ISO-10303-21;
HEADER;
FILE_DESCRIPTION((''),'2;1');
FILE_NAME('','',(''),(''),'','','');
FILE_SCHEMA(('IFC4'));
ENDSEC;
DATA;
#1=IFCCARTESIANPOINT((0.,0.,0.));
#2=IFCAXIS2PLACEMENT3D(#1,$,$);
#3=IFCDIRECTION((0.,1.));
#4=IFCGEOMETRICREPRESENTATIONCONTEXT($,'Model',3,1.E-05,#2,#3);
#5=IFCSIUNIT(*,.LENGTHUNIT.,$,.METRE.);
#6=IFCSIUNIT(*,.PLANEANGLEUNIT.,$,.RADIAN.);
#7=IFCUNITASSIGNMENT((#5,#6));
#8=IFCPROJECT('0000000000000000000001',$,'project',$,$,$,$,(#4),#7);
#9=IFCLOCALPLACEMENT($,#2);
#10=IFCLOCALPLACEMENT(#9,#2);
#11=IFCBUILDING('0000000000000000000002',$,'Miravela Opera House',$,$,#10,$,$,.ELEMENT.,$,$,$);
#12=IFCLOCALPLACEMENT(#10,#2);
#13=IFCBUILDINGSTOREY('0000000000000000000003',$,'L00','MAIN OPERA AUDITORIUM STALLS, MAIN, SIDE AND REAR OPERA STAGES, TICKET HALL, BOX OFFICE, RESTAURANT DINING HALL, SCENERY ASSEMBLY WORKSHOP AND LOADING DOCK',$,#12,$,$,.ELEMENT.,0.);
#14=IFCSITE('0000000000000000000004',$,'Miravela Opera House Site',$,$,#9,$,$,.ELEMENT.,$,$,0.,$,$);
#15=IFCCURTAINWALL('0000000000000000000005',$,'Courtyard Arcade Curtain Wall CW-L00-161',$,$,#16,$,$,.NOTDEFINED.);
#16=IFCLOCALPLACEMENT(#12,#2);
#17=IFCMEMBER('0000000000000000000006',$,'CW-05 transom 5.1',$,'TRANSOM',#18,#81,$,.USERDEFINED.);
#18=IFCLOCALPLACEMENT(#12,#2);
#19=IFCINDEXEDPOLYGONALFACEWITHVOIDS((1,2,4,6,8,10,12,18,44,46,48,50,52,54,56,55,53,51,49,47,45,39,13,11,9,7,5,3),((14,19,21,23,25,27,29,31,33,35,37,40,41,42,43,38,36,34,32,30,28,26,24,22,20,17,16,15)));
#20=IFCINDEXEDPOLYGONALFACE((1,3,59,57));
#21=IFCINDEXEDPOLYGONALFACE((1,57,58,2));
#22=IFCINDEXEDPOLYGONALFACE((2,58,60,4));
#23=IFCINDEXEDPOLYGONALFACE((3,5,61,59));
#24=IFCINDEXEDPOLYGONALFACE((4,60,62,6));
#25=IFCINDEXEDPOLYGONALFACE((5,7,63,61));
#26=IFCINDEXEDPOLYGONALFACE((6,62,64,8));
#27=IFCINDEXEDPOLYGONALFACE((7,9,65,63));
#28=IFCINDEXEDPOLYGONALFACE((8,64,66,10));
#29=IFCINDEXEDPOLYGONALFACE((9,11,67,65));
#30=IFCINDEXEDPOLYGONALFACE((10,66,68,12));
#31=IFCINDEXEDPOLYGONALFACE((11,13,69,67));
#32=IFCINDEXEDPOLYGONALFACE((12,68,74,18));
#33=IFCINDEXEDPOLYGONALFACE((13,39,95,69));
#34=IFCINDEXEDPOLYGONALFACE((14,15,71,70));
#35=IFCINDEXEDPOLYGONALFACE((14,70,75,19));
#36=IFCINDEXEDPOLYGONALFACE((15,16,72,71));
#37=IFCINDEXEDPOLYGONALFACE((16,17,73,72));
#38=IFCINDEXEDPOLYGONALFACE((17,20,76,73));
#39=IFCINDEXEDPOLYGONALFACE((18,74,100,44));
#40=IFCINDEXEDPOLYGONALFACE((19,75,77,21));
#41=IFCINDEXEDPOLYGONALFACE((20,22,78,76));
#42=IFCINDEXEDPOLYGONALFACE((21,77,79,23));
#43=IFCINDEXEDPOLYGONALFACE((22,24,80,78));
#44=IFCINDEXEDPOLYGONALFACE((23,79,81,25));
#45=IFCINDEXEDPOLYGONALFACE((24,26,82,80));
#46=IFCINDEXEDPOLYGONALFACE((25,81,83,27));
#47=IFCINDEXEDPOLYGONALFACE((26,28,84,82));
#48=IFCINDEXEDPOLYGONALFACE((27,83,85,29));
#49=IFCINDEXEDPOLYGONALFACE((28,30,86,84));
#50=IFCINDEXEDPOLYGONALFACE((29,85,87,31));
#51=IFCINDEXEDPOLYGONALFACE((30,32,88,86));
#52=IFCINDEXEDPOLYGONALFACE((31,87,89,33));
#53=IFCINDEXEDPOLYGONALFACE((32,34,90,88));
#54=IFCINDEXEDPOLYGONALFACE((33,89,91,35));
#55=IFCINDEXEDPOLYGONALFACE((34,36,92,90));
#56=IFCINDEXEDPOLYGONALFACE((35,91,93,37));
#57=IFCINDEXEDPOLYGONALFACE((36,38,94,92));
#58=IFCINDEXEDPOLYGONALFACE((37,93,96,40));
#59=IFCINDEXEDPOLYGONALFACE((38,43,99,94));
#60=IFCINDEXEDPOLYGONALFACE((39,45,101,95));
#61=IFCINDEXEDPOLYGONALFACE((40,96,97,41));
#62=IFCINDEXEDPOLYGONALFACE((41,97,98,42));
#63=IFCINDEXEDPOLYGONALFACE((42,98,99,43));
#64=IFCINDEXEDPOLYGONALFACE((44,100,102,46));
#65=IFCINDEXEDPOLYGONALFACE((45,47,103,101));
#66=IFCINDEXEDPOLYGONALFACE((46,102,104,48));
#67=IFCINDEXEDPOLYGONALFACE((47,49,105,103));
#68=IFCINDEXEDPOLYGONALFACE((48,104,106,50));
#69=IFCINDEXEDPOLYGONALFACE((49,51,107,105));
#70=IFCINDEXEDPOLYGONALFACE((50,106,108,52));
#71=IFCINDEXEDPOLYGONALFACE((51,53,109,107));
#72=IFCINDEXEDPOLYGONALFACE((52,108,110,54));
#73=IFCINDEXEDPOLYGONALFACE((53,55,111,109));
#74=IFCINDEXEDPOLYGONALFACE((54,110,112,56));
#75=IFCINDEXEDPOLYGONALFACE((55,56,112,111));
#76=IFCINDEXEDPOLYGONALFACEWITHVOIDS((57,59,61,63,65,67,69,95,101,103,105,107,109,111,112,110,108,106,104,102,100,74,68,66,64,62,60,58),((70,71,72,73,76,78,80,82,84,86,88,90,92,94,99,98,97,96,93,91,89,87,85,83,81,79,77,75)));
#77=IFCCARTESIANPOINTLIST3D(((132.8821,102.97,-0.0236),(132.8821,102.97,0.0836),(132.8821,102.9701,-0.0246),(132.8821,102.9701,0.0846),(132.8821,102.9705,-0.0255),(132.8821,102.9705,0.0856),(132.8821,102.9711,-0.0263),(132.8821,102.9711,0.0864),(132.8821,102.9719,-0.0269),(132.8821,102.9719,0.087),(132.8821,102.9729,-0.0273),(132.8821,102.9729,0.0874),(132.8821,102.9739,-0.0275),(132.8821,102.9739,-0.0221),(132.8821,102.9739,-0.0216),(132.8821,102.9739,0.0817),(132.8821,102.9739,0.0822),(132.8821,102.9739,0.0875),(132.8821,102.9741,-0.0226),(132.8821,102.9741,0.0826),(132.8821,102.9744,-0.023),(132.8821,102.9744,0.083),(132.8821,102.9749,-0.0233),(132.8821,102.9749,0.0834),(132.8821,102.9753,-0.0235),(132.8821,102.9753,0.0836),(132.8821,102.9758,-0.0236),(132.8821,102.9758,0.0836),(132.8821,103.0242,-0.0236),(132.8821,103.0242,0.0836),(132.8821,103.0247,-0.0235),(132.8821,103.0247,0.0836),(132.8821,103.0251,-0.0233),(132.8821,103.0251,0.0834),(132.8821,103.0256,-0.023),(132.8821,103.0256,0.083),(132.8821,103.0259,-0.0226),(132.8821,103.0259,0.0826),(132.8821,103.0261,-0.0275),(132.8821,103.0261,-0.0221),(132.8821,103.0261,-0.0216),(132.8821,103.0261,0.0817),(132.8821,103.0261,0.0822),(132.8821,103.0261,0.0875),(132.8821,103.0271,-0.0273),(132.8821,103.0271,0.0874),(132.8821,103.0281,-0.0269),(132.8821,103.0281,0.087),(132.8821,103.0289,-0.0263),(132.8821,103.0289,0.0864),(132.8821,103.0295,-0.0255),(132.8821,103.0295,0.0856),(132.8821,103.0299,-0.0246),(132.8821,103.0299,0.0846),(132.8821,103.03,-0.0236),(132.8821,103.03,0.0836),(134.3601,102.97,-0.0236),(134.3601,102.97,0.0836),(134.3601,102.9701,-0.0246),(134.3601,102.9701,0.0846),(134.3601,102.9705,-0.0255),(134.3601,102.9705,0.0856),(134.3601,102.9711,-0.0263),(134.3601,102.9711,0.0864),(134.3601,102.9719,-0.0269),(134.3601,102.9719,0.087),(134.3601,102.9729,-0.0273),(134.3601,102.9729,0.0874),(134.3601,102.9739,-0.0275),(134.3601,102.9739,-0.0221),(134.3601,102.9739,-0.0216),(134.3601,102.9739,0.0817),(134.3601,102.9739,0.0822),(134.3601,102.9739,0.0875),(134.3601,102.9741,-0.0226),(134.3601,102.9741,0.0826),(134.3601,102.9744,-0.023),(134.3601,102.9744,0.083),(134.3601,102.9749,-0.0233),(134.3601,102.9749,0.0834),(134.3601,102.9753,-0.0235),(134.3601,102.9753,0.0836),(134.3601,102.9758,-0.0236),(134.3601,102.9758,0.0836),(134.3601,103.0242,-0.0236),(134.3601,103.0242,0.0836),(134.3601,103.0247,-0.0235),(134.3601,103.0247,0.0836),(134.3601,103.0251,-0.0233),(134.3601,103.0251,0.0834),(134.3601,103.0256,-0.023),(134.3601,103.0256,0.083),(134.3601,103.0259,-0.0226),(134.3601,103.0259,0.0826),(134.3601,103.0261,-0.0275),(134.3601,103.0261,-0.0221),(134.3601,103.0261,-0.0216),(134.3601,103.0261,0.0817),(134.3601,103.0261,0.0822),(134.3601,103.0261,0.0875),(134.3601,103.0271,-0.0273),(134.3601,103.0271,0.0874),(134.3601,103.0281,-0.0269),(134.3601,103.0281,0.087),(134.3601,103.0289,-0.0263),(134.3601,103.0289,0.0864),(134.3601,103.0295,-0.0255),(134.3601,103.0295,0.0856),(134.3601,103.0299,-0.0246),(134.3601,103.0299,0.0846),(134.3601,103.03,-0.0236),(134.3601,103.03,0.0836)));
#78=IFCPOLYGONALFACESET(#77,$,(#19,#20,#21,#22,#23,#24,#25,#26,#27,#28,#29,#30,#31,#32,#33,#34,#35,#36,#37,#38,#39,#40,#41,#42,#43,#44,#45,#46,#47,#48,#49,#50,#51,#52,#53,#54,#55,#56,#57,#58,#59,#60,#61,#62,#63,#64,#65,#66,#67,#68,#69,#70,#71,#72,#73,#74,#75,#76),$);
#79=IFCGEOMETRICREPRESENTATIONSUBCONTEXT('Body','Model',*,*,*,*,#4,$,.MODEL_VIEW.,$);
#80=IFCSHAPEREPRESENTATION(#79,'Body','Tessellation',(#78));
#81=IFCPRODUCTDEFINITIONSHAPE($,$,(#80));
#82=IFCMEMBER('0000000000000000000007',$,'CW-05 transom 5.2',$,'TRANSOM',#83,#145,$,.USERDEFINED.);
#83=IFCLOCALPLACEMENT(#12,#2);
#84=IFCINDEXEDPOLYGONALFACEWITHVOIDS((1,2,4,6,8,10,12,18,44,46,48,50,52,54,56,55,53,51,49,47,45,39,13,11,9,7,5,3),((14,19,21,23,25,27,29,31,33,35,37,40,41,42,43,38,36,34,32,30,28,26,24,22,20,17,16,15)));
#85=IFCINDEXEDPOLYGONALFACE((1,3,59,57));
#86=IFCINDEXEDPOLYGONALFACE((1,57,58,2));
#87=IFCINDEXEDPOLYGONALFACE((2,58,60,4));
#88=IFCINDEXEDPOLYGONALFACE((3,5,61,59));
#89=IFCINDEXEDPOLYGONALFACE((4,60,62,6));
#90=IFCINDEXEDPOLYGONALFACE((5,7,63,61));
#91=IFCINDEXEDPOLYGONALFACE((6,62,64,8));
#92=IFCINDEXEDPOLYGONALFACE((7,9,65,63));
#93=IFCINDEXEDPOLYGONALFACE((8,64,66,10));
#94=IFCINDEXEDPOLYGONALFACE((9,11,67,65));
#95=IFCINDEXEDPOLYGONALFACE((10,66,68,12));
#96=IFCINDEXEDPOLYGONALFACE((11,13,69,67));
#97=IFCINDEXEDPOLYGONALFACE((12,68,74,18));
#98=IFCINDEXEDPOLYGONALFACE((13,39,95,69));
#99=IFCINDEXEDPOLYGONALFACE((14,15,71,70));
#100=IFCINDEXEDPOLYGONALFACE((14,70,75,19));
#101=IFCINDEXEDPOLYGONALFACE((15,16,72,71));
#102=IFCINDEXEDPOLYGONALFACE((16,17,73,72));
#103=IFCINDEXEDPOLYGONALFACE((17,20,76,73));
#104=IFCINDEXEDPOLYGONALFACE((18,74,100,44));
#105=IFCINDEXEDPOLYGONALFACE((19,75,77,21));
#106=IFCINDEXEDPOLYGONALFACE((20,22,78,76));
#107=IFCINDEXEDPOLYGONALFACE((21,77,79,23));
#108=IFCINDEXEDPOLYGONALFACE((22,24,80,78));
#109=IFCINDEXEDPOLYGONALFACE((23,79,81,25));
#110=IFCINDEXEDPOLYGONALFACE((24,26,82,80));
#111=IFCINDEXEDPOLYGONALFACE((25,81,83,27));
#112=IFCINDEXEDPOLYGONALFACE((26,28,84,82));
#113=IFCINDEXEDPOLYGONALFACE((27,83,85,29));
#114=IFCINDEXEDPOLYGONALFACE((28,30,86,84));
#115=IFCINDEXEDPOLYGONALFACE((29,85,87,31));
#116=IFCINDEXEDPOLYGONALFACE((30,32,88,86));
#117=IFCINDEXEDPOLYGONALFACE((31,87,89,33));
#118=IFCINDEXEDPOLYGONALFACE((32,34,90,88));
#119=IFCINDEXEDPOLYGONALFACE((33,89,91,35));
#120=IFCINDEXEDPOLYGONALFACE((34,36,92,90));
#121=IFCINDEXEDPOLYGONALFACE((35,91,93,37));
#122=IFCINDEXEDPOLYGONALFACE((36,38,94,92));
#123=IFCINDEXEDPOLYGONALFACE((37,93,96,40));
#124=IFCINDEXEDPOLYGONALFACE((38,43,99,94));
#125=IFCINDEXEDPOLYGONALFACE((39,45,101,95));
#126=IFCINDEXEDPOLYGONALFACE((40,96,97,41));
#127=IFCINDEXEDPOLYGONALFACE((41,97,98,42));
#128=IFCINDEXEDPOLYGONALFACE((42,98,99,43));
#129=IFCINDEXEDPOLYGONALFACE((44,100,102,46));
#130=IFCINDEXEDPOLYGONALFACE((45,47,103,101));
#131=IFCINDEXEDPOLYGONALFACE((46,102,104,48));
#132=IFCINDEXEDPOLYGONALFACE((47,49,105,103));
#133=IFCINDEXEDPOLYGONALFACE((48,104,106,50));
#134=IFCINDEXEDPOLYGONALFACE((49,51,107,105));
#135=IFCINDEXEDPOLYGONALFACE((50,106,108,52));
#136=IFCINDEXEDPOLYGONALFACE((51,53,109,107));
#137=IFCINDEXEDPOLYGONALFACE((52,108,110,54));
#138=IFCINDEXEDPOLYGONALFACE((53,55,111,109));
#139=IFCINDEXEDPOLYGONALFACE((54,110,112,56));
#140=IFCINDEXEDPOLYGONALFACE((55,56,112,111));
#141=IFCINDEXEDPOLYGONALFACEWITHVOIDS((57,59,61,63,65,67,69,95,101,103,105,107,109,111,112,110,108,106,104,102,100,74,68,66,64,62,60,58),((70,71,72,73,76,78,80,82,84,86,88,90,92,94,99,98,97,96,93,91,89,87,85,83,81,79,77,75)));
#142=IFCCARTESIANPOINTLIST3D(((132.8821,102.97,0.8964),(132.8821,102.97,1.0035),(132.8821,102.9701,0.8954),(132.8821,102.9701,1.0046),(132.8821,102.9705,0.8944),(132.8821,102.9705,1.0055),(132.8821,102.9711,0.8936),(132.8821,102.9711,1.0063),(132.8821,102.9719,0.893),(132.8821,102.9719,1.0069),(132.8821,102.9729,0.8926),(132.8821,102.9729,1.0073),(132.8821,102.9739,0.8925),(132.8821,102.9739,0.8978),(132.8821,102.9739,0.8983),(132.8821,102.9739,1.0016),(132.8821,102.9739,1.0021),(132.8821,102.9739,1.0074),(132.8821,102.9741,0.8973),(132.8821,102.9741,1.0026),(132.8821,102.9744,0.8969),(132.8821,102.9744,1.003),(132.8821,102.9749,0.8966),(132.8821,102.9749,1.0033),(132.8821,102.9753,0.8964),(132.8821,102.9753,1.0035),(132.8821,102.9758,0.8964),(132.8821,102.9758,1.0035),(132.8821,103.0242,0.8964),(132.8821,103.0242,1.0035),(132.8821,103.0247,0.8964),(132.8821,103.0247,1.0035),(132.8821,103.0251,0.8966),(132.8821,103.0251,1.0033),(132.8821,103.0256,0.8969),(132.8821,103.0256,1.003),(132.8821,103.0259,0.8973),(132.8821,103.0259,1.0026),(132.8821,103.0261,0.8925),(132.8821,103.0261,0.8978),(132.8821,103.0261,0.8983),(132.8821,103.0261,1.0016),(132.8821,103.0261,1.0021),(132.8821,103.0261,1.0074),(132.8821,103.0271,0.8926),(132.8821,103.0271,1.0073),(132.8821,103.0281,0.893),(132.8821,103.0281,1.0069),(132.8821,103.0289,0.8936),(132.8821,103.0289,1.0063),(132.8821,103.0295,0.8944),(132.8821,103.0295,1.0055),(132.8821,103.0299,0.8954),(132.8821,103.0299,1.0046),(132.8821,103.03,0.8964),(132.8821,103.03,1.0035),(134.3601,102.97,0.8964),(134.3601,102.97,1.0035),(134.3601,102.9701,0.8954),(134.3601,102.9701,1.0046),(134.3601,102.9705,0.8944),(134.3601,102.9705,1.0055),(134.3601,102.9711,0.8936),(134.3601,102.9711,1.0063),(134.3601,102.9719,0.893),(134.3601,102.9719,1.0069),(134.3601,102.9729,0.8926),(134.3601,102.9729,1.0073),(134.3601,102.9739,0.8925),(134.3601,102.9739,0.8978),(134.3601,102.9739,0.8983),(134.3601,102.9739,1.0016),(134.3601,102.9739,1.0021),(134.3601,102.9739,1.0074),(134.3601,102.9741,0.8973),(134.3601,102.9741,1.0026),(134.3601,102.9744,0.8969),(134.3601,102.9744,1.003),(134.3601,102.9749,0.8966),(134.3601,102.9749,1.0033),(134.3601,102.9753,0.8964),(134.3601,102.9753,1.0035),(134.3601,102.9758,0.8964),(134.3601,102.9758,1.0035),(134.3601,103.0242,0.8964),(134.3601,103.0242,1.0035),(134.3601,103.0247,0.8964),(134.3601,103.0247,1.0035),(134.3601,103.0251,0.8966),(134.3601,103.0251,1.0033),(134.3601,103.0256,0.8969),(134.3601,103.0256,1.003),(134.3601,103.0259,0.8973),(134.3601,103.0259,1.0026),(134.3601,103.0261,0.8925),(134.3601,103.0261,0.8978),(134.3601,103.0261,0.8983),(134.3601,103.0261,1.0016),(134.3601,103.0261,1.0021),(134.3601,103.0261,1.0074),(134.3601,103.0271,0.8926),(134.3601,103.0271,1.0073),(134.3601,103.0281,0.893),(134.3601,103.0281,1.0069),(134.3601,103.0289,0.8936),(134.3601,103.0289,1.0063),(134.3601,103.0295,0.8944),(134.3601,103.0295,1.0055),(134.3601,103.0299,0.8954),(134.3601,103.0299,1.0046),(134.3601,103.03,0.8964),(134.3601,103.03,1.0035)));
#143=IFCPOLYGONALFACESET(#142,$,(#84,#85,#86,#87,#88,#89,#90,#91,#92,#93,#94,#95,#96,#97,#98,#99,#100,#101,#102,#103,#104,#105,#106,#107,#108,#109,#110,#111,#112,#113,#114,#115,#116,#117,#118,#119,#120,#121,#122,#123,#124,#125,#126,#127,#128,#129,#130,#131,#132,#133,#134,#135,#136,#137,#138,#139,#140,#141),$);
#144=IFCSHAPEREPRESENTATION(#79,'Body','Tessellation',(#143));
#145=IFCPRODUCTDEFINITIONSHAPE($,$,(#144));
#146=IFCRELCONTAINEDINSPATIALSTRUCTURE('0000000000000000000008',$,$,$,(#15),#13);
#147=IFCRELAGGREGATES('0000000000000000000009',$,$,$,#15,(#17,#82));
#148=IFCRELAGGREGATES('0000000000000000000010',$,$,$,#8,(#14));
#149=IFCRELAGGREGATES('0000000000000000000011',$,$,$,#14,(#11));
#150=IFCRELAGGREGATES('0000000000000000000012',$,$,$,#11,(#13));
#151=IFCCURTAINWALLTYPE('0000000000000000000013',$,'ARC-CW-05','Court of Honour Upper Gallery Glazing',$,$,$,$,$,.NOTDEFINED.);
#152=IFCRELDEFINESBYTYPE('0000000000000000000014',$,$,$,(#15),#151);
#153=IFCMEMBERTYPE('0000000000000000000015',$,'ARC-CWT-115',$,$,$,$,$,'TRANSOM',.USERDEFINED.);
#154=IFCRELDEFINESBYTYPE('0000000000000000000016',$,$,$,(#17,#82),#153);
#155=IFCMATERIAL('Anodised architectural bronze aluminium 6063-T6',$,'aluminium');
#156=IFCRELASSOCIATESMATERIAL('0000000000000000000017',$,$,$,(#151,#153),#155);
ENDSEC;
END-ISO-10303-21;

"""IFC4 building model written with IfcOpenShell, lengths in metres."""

from ifc_helpers import new_model, si_unit, direction, frame, origin, origin_2d, place, context, subcontext, project, spatial, hollow_rectangle, extrude, material, material_profile, profile_set, type_object, element, aggregate, save


model = new_model("IFC4")

# Units and contexts
model_context = context("Model", 3, precision=1e-05, world=origin(), true_north=direction((0.0, 1.0)))
body_context = subcontext(model_context, "Body", "Model", "MODEL_VIEW")
ifc_project = project(units=[si_unit("LENGTHUNIT", "METRE"), si_unit("PLANEANGLEUNIT", "RADIAN")], contexts=[model_context])

# Site, building, storey
site_placement = place(None, origin())
site = spatial("IfcSite", under=ifc_project, at=site_placement, Name="Miravela Opera House Site", CompositionType="ELEMENT", RefElevation=0.0)
building_placement = place(site_placement, origin())
building = spatial("IfcBuilding", under=site, at=building_placement, Name="Miravela Opera House", CompositionType="ELEMENT")
storey_placement = place(building_placement, origin())
storey = spatial("IfcBuildingStorey", under=building, at=storey_placement, Name="L00", Description="MAIN OPERA AUDITORIUM STALLS, MAIN, SIDE AND REAR OPERA STAGES, TICKET HALL, BOX OFFICE, RESTAURANT DINING HALL, SCENERY ASSEMBLY WORKSHOP AND LOADING DOCK", CompositionType="ELEMENT", Elevation=0.0)

# Curtain wall
ifc_material_1 = material(Name="Anodised architectural bronze aluminium 6063-T6", Category="aluminium")
curtain_wall_type = type_object("IfcCurtainWallType", Name="ARC-CW-05", Description="Court of Honour Upper Gallery Glazing", PredefinedType="NOTDEFINED", material=ifc_material_1)
curtain_wall_1_placement = place(storey_placement, origin())
curtain_wall_1 = element("IfcCurtainWall", 1, at=curtain_wall_1_placement, inside=storey, type_object=curtain_wall_type, Name="Courtyard Arcade Curtain Wall CW-L00-161", PredefinedType="NOTDEFINED")

# Members
ifc_material_profile_1 = material_profile(ifc_material_1, hollow_rectangle(XDim=0.0601, YDim=0.115, WallThickness=0.0039, InnerFilletRadius=0.002, OuterFilletRadius=0.0039, at=origin_2d()), Name="CWT-60X115")
ifc_profile_set_1 = profile_set([ifc_material_profile_1])
member_type_1 = type_object("IfcMemberType", Name="ARC-CWT-115", ElementType="TRANSOM", PredefinedType="USERDEFINED", material=ifc_profile_set_1)
member_1_placement = place(storey_placement, frame((132.8821, 103.0, 0.03), z_axis=(1.0, 0.0, 0.0), x_axis=(0.0, 1.0, 0.0)))
member_1 = element("IfcMember", 2, at=member_1_placement, type_object=member_type_1, Name="CW-05 transom 5.1", ObjectType="TRANSOM", PredefinedType="USERDEFINED", context=body_context, shape_type="SweptSolid", body=[
    extrude(hollow_rectangle(XDim=0.0601, YDim=0.115, WallThickness=0.0039, InnerFilletRadius=0.002, OuterFilletRadius=0.0039, at=origin_2d()), origin(), (0.0, 0.0, 1.0), 1.478),
])
member_2_placement = place(storey_placement, frame((132.8821, 103.0, 0.95), z_axis=(1.0, 0.0, 0.0), x_axis=(0.0, 1.0, 0.0)))
member_2 = element("IfcMember", 3, at=member_2_placement, type_object=member_type_1, Name="CW-05 transom 5.2", ObjectType="TRANSOM", PredefinedType="USERDEFINED", context=body_context, shape_type="SweptSolid", body=[
    extrude(hollow_rectangle(XDim=0.0601, YDim=0.115, WallThickness=0.0039, InnerFilletRadius=0.002, OuterFilletRadius=0.0039, at=origin_2d()), origin(), (0.0, 0.0, 1.0), 1.478),
])

aggregate(curtain_wall_1, [member_1, member_2])

save(model, "model.ifc")
